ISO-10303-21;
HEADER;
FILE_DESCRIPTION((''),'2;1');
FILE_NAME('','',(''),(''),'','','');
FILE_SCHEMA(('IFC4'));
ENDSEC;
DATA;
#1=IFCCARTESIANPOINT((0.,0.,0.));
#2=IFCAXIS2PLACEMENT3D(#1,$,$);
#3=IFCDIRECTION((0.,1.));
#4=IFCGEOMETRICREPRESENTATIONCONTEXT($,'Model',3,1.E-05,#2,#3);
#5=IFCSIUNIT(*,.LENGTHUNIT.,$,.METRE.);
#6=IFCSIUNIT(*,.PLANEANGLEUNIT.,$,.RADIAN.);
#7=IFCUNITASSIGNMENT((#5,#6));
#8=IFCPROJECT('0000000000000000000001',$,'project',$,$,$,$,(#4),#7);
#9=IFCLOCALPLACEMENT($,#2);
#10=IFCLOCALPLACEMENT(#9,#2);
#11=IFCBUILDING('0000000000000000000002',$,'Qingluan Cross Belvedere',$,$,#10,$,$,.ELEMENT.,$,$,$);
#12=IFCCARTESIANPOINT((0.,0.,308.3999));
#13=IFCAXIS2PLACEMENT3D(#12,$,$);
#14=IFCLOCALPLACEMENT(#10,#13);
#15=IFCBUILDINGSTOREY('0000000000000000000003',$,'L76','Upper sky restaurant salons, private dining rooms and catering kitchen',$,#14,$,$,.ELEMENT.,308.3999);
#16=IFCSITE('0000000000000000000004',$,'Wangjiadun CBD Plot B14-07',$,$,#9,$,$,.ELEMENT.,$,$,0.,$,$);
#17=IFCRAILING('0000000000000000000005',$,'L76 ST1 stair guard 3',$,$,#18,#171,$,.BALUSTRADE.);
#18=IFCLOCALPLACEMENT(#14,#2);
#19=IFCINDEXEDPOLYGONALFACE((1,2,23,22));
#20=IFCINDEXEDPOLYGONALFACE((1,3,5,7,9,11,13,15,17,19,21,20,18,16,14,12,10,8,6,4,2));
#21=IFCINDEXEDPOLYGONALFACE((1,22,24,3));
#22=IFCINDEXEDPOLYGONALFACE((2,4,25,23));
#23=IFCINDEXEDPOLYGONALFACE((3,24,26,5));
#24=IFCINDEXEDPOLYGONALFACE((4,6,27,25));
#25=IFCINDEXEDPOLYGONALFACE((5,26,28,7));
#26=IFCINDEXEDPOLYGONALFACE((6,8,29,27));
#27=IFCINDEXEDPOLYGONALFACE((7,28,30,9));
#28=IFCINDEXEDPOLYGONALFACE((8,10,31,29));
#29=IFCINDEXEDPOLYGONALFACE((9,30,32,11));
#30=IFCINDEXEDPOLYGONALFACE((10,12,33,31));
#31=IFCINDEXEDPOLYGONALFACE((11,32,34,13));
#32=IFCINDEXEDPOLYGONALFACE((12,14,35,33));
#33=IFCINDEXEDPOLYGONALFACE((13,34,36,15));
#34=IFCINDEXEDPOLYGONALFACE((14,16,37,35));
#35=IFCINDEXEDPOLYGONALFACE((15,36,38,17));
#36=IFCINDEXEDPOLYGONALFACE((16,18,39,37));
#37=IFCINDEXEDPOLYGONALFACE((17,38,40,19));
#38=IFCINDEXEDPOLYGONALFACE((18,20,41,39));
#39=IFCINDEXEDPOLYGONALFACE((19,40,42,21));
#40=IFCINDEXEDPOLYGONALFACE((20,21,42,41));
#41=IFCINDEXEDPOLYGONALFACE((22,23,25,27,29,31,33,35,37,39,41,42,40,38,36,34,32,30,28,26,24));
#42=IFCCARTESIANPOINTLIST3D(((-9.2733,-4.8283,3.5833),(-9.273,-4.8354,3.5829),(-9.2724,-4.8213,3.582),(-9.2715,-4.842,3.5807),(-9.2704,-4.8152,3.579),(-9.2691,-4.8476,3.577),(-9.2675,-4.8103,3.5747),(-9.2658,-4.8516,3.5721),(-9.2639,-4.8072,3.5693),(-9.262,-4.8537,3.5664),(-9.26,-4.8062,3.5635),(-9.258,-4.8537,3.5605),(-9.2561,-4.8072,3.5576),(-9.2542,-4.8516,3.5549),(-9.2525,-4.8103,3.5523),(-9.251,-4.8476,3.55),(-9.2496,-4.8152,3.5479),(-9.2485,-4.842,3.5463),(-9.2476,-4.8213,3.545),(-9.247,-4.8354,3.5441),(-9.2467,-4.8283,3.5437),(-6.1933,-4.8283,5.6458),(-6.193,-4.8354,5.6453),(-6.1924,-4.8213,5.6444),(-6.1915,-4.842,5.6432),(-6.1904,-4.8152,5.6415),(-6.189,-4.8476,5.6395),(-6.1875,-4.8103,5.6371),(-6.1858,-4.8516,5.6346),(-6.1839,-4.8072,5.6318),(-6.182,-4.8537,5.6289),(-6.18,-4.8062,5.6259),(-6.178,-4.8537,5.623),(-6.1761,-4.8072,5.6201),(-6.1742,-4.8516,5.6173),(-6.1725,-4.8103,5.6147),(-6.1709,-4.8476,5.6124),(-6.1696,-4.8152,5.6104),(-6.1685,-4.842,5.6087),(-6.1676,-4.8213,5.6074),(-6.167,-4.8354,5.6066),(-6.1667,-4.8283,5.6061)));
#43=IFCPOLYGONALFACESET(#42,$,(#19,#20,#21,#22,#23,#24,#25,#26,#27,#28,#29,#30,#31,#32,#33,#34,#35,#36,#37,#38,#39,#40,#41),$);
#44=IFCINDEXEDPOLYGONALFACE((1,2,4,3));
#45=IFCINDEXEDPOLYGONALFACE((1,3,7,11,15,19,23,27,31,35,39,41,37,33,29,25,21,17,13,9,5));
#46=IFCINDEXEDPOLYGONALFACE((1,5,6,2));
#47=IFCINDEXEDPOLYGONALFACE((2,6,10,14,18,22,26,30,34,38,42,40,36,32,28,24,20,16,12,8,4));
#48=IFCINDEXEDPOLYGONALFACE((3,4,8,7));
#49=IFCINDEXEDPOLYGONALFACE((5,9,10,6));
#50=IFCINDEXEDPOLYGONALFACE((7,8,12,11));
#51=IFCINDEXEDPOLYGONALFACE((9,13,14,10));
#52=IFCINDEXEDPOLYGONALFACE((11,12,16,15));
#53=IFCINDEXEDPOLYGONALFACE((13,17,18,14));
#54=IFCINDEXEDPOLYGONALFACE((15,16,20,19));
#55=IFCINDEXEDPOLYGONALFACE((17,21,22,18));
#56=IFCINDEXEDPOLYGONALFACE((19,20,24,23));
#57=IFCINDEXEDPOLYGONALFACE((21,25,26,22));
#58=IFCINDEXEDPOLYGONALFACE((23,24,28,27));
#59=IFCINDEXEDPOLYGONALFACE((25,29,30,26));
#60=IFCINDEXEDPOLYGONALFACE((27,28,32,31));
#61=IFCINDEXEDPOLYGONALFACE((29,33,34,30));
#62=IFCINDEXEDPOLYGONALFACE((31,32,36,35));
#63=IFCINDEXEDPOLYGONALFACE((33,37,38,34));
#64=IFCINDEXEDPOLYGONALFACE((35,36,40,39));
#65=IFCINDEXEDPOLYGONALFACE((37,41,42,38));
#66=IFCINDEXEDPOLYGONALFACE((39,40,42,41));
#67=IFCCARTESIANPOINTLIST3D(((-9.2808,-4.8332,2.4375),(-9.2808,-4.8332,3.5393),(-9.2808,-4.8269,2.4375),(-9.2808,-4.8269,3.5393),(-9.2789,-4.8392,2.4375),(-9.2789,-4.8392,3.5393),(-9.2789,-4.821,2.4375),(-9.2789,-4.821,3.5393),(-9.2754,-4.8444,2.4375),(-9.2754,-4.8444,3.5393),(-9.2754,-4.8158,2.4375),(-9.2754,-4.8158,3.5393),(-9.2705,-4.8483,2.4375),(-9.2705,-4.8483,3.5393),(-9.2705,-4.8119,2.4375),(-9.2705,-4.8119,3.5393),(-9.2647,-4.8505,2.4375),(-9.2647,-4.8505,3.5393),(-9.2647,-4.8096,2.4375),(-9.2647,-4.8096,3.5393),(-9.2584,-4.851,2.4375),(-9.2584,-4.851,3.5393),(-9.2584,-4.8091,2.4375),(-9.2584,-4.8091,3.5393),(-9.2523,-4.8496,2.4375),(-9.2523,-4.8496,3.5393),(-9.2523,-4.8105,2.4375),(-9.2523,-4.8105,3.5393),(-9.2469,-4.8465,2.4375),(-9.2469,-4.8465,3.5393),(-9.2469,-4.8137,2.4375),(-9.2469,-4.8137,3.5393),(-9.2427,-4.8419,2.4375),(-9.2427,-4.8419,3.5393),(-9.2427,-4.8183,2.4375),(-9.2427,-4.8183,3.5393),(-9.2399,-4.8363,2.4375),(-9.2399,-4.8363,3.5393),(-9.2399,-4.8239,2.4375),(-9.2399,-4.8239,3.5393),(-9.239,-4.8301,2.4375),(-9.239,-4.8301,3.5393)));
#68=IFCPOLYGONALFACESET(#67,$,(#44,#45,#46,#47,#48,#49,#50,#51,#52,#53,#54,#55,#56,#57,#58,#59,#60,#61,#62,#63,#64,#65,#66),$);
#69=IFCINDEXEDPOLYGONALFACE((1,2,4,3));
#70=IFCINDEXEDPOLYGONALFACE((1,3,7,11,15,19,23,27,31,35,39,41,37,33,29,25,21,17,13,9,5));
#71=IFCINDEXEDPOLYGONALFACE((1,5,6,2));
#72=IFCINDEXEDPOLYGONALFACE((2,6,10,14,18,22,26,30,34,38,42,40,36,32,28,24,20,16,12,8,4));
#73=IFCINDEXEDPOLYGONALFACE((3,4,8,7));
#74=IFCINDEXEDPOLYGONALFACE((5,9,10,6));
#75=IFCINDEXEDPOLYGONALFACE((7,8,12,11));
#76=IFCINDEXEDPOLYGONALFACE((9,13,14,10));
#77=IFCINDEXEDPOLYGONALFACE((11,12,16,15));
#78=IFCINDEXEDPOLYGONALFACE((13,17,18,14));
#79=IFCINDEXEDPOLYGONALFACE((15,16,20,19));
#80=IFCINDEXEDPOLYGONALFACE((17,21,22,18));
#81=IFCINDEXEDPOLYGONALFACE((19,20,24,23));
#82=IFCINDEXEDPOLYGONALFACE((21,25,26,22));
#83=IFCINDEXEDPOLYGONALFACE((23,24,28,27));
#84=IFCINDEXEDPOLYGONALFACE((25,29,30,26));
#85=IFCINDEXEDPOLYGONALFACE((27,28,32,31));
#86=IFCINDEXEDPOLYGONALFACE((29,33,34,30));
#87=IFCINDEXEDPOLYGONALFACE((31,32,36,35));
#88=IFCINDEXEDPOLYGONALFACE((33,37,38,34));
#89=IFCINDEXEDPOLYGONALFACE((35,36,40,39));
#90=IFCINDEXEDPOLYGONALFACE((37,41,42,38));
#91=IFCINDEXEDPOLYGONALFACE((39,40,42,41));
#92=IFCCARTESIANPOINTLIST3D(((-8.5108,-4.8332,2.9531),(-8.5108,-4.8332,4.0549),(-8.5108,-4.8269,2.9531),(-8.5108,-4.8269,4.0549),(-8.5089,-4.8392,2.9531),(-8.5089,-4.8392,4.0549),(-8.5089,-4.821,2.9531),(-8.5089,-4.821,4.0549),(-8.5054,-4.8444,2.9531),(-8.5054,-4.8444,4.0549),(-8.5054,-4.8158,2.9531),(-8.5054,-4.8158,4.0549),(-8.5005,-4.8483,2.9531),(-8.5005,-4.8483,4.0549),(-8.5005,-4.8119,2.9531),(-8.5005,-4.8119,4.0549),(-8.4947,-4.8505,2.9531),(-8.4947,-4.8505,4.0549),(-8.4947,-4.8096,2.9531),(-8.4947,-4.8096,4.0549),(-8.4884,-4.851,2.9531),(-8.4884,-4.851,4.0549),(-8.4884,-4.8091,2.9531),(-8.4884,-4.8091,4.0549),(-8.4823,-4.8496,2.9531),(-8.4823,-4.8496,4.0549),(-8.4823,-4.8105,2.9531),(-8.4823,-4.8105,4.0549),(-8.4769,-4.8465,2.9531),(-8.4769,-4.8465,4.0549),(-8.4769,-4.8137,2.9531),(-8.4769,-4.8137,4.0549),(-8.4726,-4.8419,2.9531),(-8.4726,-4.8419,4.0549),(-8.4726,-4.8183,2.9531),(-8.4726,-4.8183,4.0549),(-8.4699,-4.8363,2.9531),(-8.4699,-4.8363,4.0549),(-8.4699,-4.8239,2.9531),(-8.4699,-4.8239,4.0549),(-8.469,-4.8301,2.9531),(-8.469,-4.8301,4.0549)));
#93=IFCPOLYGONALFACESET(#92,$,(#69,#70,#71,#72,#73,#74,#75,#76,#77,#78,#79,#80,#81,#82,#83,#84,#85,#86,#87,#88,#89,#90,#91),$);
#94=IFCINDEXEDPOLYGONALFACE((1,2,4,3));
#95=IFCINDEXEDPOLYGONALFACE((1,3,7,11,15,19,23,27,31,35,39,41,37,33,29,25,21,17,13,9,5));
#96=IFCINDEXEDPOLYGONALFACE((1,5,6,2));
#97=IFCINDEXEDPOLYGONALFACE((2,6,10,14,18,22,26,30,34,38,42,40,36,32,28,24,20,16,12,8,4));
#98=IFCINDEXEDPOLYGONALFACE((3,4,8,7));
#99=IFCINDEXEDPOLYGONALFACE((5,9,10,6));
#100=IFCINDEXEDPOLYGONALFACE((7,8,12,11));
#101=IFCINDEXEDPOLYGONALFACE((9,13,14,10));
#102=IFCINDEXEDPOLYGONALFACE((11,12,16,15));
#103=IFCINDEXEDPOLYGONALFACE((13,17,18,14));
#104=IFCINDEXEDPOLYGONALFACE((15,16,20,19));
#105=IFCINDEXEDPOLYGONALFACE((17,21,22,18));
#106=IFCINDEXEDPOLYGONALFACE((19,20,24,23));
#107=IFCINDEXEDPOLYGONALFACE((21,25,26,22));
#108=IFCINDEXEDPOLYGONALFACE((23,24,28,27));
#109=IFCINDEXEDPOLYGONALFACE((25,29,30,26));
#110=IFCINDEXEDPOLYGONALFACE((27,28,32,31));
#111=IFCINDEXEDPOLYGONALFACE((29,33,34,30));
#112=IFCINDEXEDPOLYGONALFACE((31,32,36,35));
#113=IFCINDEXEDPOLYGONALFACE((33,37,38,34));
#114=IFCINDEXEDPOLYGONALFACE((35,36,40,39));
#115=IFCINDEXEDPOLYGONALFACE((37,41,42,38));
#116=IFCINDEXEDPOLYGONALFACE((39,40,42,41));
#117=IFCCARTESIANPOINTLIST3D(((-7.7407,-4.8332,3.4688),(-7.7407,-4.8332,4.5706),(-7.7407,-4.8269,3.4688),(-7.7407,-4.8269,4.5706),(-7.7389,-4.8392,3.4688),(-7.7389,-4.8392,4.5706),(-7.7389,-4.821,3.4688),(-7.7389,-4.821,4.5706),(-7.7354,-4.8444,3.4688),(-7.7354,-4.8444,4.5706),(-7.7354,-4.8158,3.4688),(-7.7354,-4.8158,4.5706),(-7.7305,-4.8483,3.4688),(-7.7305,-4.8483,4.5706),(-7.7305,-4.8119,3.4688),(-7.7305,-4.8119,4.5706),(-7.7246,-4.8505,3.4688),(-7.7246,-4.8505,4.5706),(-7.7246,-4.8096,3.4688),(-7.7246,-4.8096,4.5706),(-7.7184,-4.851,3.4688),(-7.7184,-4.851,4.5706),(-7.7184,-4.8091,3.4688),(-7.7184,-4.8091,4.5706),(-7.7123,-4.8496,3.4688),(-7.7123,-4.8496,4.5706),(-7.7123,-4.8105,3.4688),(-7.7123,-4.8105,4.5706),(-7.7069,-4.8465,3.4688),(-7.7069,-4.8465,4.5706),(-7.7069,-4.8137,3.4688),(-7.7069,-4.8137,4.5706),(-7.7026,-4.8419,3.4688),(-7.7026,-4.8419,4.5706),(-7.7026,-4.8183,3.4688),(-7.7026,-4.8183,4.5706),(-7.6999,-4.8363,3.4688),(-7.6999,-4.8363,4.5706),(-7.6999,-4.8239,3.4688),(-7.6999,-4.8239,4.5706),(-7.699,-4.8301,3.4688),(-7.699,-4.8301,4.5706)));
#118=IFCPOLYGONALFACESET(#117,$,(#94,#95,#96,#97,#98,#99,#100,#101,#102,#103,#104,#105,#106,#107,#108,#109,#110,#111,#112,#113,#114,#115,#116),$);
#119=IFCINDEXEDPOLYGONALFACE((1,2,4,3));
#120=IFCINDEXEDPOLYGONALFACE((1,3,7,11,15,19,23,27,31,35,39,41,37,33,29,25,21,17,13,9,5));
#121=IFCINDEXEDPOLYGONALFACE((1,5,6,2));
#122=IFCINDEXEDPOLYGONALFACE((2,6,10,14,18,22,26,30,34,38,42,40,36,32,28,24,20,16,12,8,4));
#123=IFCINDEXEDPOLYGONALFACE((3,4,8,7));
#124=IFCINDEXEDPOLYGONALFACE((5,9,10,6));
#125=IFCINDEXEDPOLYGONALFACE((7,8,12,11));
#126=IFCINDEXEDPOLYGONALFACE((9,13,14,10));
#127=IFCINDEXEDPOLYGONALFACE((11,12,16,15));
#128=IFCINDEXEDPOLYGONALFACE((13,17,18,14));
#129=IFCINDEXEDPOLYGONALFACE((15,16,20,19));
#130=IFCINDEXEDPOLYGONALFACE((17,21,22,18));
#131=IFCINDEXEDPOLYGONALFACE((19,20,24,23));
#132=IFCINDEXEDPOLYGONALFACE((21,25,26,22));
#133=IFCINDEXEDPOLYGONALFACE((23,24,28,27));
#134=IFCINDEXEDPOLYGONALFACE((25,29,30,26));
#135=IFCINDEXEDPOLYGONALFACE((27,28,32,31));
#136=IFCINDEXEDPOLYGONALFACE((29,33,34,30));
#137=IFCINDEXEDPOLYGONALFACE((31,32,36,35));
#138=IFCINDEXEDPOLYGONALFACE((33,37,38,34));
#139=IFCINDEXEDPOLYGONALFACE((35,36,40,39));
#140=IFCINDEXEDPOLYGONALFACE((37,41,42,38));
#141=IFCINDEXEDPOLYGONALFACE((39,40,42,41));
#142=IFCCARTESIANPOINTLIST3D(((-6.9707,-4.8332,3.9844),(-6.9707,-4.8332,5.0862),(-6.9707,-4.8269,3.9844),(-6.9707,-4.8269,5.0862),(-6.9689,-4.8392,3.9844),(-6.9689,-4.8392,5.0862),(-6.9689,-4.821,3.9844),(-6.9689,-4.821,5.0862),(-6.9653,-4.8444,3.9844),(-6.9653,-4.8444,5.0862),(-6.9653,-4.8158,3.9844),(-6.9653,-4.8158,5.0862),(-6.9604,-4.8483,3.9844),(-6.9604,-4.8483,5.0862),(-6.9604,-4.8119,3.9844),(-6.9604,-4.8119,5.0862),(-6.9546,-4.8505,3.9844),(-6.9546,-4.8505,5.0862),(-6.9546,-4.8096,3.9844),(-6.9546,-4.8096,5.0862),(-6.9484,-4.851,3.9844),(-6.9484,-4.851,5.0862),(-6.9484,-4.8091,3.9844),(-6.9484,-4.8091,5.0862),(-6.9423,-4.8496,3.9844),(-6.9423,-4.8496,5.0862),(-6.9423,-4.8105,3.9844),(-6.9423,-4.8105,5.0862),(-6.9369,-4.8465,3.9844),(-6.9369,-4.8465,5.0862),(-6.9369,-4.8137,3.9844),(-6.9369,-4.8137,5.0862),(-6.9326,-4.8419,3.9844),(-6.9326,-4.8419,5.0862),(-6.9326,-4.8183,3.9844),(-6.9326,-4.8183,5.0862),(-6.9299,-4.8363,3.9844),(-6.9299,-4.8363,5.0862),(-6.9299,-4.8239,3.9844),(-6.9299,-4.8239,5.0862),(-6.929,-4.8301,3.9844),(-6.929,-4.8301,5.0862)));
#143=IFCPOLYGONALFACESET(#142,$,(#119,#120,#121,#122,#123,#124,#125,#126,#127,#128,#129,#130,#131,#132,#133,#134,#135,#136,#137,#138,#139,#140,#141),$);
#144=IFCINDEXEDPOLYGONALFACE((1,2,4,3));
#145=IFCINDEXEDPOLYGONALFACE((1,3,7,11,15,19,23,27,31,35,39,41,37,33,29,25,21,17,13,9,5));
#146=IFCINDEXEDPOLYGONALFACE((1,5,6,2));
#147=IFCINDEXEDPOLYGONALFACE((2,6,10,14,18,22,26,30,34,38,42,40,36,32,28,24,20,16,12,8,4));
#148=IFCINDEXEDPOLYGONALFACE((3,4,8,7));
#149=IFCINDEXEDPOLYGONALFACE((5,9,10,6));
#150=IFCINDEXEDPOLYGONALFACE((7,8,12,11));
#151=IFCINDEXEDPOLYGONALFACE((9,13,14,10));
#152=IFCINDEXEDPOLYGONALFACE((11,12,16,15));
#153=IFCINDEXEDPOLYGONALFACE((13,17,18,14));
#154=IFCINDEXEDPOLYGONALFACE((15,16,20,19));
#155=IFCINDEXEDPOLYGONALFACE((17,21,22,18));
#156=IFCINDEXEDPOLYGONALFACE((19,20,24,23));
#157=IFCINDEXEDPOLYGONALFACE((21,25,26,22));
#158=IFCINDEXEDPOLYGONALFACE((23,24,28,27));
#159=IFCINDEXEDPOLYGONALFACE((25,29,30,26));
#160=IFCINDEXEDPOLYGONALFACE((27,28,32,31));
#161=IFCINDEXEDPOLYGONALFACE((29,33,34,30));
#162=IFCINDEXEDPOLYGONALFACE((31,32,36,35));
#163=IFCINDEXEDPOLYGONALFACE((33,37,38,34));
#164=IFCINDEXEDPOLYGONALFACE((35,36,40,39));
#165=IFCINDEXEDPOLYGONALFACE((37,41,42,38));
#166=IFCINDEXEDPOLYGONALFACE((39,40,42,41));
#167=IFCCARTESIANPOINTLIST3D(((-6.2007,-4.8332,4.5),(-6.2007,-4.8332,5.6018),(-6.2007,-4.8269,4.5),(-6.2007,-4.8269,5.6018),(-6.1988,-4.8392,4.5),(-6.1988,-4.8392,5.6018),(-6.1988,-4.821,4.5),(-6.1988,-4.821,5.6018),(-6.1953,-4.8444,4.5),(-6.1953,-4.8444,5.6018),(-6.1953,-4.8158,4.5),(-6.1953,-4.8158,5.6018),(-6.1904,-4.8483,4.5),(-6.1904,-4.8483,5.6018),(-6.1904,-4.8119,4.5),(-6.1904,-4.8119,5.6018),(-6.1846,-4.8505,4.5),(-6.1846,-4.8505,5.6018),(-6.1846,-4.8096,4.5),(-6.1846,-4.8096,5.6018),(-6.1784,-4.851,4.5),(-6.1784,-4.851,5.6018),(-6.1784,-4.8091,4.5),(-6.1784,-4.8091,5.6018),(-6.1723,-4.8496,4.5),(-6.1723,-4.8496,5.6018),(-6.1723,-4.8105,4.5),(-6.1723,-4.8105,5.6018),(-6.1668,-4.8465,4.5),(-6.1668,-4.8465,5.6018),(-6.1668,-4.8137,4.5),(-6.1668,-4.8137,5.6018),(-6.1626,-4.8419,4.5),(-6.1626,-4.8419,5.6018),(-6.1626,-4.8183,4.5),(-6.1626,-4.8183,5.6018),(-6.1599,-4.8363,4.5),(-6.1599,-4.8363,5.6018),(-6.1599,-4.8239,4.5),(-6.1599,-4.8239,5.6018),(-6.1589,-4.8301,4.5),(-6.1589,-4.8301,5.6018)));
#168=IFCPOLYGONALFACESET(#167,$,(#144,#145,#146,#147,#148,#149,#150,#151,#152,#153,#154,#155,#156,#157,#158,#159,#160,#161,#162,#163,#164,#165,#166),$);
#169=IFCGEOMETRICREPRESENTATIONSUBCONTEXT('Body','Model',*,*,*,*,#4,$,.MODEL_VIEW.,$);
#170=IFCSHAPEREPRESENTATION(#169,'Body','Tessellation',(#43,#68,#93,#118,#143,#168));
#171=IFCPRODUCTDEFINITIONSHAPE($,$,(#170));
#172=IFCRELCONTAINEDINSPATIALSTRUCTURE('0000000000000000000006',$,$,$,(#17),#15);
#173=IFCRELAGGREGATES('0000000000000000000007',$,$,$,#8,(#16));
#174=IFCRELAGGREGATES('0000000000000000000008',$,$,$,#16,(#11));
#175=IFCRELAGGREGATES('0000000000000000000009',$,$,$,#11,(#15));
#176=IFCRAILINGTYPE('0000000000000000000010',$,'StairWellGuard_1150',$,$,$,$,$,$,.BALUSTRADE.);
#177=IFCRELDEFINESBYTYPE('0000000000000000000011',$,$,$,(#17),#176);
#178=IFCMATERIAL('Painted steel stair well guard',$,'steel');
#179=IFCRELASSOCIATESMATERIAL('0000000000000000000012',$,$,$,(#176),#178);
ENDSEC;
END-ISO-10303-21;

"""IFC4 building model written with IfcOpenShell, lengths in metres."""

from ifc_helpers import new_model, si_unit, direction, frame, origin, origin_2d, place, context, subcontext, project, spatial, circle, extrude, material, type_object, element, save


model = new_model("IFC4")

# Units and contexts
model_context = context("Model", 3, precision=1e-05, world=origin(), true_north=direction((0.0, 1.0)))
body_context = subcontext(model_context, "Body", "Model", "MODEL_VIEW")
ifc_project = project(units=[si_unit("LENGTHUNIT", "METRE"), si_unit("PLANEANGLEUNIT", "RADIAN")], contexts=[model_context])

# Site, building, storey
site_placement = place(None, origin())
site = spatial("IfcSite", under=ifc_project, at=site_placement, Name="Wangjiadun CBD Plot B14-07", CompositionType="ELEMENT", RefElevation=0.0)
building_placement = place(site_placement, origin())
building = spatial("IfcBuilding", under=site, at=building_placement, Name="Qingluan Cross Belvedere", CompositionType="ELEMENT")
storey_placement = place(building_placement, frame((0.0, 0.0, 308.3999)))
storey = spatial("IfcBuildingStorey", under=building, at=storey_placement, Name="L76", Description="Upper sky restaurant salons, private dining rooms and catering kitchen", CompositionType="ELEMENT", Elevation=308.3999)

# Railing
ifc_material_1 = material(Name="Painted steel stair well guard", Category="steel")
railing_type_1 = type_object("IfcRailingType", Name="StairWellGuard_1150", PredefinedType="BALUSTRADE", material=ifc_material_1)
railing_1_placement = place(storey_placement, frame((-9.26, -4.8301, 2.4375)))
element("IfcRailing", 1, at=railing_1_placement, inside=storey, type_object=railing_type_1, Name="L76 ST1 stair guard 3", PredefinedType="BALUSTRADE", context=body_context, shape_type="SweptSolid", body=[
    extrude(circle(Radius=0.0239, at=origin_2d()), frame((0.0, 0.0, 1.126), z_axis=(0.830914, 0.0, 0.556401), x_axis=(0.0, 1.0, 0.0)), (0.0, 0.0, 1.0), 3.7068),
    extrude(circle(Radius=0.021, at=origin_2d()), origin(), (0.0, 0.0, 1.0), 1.1018),
    extrude(circle(Radius=0.021, at=origin_2d()), frame((0.77, 0.0, 0.5156)), (0.0, 0.0, 1.0), 1.1018),
    extrude(circle(Radius=0.021, at=origin_2d()), frame((1.54, 0.0, 1.0312)), (0.0, 0.0, 1.0), 1.1018),
    extrude(circle(Radius=0.021, at=origin_2d()), frame((2.3101, 0.0, 1.5469)), (0.0, 0.0, 1.0), 1.1018),
    extrude(circle(Radius=0.021, at=origin_2d()), frame((3.0801, 0.0, 2.0625)), (0.0, 0.0, 1.0), 1.1018),
])

save(model, "model.ifc")
